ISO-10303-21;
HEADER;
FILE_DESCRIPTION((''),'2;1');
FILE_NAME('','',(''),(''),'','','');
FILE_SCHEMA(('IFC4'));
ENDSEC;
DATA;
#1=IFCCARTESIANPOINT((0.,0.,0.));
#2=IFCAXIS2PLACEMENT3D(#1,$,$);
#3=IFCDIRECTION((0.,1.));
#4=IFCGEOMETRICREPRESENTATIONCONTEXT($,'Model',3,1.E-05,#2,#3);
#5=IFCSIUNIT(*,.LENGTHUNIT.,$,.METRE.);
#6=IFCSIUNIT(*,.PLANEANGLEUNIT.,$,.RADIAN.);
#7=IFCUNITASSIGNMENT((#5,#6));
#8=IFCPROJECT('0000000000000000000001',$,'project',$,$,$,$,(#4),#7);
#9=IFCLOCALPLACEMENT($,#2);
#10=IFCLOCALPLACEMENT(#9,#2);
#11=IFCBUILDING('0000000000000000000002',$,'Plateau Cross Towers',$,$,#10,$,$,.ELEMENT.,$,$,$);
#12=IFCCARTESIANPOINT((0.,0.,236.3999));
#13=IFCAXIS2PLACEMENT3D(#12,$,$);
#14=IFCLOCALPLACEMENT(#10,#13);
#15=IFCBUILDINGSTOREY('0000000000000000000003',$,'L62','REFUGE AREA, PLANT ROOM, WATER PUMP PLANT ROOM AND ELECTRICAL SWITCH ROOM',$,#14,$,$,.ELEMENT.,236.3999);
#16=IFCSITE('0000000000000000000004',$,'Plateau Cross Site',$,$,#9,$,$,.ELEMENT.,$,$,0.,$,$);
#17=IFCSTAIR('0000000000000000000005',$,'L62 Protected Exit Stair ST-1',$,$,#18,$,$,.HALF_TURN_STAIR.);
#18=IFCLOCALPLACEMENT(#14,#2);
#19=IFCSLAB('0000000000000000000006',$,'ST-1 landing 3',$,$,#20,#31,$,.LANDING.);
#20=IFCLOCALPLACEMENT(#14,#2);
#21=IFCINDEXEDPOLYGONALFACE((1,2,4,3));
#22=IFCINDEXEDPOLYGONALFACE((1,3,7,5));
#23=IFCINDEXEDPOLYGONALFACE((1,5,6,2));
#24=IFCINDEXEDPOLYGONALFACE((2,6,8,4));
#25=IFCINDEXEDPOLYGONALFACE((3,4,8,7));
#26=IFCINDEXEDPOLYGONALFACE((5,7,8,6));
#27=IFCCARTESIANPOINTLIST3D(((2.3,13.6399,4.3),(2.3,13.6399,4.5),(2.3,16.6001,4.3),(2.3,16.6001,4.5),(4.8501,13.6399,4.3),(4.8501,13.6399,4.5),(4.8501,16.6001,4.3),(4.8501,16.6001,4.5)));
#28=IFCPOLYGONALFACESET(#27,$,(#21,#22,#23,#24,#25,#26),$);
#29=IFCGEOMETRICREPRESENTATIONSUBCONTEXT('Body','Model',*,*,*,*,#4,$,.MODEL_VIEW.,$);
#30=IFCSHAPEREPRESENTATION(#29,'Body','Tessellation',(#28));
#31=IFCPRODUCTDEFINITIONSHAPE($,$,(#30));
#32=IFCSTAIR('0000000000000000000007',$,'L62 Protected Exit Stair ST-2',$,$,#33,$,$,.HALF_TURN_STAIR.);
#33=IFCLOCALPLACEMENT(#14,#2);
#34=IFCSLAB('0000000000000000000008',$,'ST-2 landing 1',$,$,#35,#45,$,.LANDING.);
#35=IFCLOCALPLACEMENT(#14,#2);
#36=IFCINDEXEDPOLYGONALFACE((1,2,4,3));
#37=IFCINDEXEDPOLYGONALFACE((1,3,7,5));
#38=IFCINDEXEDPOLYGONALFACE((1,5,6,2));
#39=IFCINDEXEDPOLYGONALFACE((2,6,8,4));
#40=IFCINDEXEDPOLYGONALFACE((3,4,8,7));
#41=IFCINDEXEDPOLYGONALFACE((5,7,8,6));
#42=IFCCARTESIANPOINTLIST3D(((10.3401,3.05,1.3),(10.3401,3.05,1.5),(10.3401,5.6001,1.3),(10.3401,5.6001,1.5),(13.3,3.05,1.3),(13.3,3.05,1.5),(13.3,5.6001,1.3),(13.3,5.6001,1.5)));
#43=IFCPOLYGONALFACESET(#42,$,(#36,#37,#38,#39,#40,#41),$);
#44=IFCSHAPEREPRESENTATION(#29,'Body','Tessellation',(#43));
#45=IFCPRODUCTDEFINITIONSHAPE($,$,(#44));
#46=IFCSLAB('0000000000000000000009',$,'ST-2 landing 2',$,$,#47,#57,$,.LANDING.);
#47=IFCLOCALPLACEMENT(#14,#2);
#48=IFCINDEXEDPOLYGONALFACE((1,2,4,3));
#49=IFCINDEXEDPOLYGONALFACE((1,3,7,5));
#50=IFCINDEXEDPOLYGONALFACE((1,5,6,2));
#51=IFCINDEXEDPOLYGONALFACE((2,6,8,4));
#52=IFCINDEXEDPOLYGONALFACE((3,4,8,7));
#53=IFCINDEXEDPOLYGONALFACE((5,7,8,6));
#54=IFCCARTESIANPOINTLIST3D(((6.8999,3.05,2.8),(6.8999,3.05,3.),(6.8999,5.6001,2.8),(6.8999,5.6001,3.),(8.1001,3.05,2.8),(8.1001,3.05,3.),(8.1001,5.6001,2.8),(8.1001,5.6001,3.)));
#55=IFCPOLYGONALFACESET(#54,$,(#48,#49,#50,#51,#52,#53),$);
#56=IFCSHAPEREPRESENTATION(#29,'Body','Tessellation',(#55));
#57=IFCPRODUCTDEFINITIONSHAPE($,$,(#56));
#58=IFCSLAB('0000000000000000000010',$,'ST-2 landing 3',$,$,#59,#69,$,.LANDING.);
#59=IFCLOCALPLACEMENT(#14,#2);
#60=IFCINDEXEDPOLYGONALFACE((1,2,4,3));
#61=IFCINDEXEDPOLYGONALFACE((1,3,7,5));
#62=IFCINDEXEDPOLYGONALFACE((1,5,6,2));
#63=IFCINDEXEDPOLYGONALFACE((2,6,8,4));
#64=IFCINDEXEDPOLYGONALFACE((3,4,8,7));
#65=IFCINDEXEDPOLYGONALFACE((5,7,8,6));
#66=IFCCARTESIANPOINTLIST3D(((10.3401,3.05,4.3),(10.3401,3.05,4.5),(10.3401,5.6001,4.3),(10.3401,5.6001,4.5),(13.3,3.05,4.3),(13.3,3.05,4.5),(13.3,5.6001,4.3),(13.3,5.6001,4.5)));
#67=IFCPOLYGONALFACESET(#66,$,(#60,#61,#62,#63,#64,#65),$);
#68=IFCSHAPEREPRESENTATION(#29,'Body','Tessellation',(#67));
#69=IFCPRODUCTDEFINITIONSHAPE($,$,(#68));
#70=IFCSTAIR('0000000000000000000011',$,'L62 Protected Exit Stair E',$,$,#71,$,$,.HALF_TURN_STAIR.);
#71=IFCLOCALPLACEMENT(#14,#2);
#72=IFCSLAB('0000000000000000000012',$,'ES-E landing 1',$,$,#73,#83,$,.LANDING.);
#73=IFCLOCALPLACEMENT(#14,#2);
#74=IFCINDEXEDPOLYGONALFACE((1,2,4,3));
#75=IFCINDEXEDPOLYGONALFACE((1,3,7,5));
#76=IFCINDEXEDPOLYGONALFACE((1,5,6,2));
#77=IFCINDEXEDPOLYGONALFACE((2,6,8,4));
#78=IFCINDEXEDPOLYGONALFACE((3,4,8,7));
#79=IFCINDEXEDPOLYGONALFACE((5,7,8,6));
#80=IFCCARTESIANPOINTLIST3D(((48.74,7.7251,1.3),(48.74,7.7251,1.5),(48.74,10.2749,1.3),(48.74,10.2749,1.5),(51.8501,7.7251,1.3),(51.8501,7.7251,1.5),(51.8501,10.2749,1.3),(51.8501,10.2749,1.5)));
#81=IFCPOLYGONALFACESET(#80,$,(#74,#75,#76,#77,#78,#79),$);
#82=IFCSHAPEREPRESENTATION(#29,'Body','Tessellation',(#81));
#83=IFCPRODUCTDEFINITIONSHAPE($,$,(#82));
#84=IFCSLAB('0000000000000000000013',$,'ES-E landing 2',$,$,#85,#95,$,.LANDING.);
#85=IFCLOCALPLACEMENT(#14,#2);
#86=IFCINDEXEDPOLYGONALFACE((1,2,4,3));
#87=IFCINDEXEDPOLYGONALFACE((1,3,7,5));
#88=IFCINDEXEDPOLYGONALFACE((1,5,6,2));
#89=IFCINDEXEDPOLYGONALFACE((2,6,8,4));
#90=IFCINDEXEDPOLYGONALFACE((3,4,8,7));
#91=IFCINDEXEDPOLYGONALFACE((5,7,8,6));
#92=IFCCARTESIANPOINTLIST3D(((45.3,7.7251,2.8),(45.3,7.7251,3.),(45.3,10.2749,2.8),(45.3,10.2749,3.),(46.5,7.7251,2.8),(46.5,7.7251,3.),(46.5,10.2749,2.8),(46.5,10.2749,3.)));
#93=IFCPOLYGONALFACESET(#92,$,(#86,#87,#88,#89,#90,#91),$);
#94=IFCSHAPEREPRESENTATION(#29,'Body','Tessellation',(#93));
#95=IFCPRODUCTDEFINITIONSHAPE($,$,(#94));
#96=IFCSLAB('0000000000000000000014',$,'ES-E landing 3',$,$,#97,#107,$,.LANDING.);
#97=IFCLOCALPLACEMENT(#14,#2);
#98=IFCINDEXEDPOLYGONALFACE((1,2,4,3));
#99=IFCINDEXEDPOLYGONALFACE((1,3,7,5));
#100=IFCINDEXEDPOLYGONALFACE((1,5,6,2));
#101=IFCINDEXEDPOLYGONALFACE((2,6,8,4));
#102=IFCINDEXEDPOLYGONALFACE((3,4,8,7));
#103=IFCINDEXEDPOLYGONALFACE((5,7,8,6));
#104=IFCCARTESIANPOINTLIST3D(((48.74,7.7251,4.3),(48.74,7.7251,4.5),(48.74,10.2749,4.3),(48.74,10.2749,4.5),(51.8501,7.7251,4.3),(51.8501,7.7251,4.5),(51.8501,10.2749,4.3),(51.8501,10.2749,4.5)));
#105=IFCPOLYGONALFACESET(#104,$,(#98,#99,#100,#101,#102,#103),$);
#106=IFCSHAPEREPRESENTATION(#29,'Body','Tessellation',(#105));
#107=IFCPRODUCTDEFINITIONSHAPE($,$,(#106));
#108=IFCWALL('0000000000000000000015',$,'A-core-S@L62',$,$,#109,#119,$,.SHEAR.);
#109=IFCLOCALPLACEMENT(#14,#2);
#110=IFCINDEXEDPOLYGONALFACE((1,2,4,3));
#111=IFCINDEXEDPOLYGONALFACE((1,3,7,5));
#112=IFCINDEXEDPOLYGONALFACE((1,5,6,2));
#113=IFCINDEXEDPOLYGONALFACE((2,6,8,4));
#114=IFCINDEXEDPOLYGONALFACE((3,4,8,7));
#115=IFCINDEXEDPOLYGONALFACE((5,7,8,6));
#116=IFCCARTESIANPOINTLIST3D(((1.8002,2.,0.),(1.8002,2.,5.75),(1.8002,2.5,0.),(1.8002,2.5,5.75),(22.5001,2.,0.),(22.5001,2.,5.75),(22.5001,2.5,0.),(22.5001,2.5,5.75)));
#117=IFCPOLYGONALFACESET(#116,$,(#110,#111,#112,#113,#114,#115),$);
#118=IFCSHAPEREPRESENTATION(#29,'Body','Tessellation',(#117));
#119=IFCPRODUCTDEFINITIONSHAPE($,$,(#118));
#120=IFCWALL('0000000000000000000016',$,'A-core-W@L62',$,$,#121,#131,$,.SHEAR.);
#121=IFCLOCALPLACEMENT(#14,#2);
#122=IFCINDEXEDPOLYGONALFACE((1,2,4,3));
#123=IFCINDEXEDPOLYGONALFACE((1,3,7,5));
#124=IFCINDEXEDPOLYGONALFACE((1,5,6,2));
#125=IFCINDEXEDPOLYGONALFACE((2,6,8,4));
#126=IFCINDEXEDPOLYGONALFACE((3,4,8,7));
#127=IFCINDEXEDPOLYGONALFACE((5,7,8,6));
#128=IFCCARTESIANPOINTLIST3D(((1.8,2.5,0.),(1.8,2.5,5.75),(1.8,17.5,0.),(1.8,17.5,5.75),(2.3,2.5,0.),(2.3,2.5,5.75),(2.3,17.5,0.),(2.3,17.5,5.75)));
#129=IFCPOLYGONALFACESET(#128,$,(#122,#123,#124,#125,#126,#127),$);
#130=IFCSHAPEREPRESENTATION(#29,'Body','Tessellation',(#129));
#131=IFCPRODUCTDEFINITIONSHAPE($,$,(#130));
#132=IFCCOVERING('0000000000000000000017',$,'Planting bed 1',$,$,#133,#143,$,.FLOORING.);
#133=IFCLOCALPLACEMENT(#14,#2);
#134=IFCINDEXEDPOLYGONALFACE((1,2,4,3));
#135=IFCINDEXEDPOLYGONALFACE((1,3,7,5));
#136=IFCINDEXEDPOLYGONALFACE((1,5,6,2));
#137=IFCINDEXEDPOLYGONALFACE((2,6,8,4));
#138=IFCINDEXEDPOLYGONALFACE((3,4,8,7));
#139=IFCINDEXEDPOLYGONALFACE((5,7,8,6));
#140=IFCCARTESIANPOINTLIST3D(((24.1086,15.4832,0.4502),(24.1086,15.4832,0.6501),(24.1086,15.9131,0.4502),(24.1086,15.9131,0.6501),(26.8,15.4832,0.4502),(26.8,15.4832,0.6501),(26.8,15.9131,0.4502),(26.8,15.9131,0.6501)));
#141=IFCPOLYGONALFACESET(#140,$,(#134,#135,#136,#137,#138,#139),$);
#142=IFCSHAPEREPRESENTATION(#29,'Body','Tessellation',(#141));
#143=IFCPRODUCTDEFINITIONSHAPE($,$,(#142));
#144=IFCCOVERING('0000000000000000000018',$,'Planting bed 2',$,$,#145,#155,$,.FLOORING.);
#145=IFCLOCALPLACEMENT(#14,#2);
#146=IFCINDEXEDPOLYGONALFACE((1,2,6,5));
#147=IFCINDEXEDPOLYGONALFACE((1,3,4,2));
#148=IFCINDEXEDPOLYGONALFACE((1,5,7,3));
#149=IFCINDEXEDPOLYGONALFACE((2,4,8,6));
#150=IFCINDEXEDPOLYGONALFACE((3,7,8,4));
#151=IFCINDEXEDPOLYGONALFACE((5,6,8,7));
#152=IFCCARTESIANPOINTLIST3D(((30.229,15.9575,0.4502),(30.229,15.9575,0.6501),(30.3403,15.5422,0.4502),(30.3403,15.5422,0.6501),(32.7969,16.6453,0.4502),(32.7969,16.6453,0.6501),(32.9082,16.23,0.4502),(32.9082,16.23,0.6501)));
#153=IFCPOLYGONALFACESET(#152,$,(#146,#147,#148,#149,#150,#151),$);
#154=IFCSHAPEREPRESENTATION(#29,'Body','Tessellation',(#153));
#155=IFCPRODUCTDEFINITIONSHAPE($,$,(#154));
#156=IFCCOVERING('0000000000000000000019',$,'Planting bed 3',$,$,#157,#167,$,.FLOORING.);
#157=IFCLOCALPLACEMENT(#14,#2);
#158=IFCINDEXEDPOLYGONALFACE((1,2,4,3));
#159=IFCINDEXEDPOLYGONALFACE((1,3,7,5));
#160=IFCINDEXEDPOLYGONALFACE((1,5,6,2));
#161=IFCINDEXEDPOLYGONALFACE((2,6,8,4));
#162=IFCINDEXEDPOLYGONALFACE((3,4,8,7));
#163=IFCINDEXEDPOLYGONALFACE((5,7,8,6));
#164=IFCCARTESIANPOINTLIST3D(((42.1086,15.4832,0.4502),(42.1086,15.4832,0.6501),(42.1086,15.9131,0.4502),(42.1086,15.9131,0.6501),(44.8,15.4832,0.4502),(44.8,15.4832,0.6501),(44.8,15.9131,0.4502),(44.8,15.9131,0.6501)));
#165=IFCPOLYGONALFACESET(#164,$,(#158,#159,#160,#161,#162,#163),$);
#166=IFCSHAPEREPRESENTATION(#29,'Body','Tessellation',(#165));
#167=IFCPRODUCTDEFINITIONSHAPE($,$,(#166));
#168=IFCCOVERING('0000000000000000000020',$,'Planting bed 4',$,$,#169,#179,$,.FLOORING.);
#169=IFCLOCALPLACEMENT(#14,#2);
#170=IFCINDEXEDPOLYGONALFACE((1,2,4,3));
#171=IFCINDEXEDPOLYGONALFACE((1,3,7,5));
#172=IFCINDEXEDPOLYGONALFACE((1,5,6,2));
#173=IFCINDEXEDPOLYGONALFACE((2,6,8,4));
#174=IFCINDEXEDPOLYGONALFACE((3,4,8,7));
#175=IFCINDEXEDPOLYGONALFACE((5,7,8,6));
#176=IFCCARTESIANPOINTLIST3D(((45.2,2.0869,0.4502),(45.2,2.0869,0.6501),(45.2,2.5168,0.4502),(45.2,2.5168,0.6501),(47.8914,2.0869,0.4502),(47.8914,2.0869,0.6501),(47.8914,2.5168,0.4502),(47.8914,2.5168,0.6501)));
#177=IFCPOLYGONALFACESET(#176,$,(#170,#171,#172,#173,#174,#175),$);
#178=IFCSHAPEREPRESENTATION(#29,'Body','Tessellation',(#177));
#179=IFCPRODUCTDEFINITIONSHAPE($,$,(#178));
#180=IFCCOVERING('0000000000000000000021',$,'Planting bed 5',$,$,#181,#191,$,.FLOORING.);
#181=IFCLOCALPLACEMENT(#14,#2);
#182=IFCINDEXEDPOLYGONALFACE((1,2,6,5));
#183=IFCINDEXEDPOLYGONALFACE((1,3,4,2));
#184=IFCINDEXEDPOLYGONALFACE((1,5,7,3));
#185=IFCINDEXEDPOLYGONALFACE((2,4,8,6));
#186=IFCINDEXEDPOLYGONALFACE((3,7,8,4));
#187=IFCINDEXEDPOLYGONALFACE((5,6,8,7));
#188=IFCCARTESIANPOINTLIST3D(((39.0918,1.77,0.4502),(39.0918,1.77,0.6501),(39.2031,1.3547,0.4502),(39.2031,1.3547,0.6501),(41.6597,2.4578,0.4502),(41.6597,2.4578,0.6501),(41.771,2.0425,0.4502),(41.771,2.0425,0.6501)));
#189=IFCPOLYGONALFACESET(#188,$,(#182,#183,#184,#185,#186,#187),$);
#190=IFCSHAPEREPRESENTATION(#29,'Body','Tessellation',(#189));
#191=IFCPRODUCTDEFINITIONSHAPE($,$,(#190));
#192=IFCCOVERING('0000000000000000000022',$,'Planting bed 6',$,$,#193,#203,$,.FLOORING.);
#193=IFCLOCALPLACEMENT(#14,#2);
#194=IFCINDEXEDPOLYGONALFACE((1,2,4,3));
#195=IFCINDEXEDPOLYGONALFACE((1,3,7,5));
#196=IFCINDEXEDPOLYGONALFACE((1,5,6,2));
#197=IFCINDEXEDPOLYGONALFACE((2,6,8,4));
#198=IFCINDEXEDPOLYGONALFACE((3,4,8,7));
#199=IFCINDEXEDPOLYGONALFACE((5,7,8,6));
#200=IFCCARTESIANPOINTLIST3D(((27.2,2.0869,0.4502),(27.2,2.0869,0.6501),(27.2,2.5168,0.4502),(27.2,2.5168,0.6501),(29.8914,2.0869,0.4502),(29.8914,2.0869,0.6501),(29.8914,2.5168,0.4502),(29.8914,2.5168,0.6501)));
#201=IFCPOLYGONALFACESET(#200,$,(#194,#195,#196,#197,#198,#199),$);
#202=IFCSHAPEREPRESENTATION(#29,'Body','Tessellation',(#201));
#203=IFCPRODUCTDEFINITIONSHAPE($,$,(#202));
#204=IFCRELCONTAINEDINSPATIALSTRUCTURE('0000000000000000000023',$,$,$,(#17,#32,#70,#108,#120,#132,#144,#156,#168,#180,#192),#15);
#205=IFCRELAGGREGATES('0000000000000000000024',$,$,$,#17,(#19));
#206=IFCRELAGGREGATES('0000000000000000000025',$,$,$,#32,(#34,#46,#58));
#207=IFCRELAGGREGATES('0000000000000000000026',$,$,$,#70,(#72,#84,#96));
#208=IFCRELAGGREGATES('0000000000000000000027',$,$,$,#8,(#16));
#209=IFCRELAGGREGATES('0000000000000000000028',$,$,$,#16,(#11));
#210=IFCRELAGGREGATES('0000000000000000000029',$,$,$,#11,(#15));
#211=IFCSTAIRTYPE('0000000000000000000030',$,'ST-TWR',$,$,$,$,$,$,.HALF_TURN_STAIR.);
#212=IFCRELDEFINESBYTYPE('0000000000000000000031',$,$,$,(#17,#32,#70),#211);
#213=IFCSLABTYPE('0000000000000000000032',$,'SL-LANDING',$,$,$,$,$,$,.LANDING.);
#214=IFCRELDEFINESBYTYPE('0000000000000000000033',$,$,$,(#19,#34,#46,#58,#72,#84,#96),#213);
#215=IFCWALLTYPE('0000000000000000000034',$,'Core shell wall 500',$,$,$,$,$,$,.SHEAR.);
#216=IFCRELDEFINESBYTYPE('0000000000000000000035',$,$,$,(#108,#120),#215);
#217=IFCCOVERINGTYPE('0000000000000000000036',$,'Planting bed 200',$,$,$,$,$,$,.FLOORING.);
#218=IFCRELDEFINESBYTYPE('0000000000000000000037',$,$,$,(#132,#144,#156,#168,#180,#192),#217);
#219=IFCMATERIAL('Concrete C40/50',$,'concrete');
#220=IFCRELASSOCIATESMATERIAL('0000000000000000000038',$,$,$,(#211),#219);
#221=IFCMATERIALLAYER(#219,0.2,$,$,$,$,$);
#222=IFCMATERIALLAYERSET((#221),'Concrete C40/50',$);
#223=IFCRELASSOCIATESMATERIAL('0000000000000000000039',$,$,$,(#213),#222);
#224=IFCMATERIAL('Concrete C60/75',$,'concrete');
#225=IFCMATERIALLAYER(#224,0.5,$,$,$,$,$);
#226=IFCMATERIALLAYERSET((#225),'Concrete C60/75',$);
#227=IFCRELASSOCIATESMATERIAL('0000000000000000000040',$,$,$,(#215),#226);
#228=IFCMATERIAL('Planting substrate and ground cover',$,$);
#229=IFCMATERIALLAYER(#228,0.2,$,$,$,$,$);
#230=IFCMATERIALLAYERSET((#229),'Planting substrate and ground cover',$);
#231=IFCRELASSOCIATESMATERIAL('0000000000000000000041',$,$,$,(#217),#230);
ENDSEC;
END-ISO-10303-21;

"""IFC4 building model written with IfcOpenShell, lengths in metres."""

from ifc_helpers import new_model, si_unit, direction, frame, frame_2d, origin, place, context, subcontext, project, spatial, polyline, rectangle, outline, extrude, material, layer, layer_set, type_object, element, aggregate, save


model = new_model("IFC4")

# Units and contexts
model_context = context("Model", 3, precision=1e-05, world=origin(), true_north=direction((0.0, 1.0)))
body_context = subcontext(model_context, "Body", "Model", "MODEL_VIEW")
ifc_project = project(units=[si_unit("LENGTHUNIT", "METRE"), si_unit("PLANEANGLEUNIT", "RADIAN")], contexts=[model_context])

# Site, building, storey
site_placement = place(None, origin())
site = spatial("IfcSite", under=ifc_project, at=site_placement, Name="Plateau Cross Site", CompositionType="ELEMENT", RefElevation=0.0)
building_placement = place(site_placement, origin())
building = spatial("IfcBuilding", under=site, at=building_placement, Name="Plateau Cross Towers", CompositionType="ELEMENT")
storey_placement = place(building_placement, frame((0.0, 0.0, 236.3999)))
storey = spatial("IfcBuildingStorey", under=building, at=storey_placement, Name="L62", Description="REFUGE AREA, PLANT ROOM, WATER PUMP PLANT ROOM AND ELECTRICAL SWITCH ROOM", CompositionType="ELEMENT", Elevation=236.3999)

# Shared definitions
ifc_material_1 = material(Name="Concrete C60/75", Category="concrete")

# Shared definitions
ifc_material_2 = material(Name="Concrete C40/50", Category="concrete")

# Stairs, slabs
stair_type = type_object("IfcStairType", Name="ST-TWR", PredefinedType="HALF_TURN_STAIR", material=ifc_material_2)
stair_1_placement = place(storey_placement, origin())
stair_1 = element("IfcStair", 1, at=stair_1_placement, inside=storey, type_object=stair_type, Name="L62 Protected Exit Stair ST-1", PredefinedType="HALF_TURN_STAIR")
ifc_layer_1 = layer(ifc_material_2, 0.2)
ifc_layer_set_1 = layer_set([ifc_layer_1], Name="Concrete C40/50")
slab_type_1 = type_object("IfcSlabType", Name="SL-LANDING", PredefinedType="LANDING", material=ifc_layer_set_1)
slab_1_placement = place(storey_placement, frame((0.0, 0.0, 4.3)))
slab_1 = element("IfcSlab", 2, at=slab_1_placement, type_object=slab_type_1, Name="ST-1 landing 3", PredefinedType="LANDING", context=body_context, shape_type="SweptSolid", body=[
    extrude(outline(polyline([(4.8501, 13.6399), (4.8501, 16.6001), (2.3, 16.6001), (2.3, 13.6399), (4.8501, 13.6399)])), origin(), (0.0, 0.0, 1.0), 0.2),
])
aggregate(stair_1, [slab_1])
stair_2_placement = place(storey_placement, origin())
stair_2 = element("IfcStair", 3, at=stair_2_placement, inside=storey, type_object=stair_type, Name="L62 Protected Exit Stair ST-2", PredefinedType="HALF_TURN_STAIR")
slab_2_placement = place(storey_placement, frame((0.0, 0.0, 1.3)))
slab_2 = element("IfcSlab", 4, at=slab_2_placement, type_object=slab_type_1, Name="ST-2 landing 1", PredefinedType="LANDING", context=body_context, shape_type="SweptSolid", body=[
    extrude(outline(polyline([(10.3401, 3.05), (13.3, 3.05), (13.3, 5.6001), (10.3401, 5.6001), (10.3401, 3.05)])), origin(), (0.0, 0.0, 1.0), 0.2),
])
slab_3_placement = place(storey_placement, frame((0.0, 0.0, 2.8)))
slab_3 = element("IfcSlab", 5, at=slab_3_placement, type_object=slab_type_1, Name="ST-2 landing 2", PredefinedType="LANDING", context=body_context, shape_type="SweptSolid", body=[
    extrude(outline(polyline([(6.8999, 3.05), (8.1001, 3.05), (8.1001, 5.6001), (6.8999, 5.6001), (6.8999, 3.05)])), origin(), (0.0, 0.0, 1.0), 0.2),
])
slab_4_placement = place(storey_placement, frame((0.0, 0.0, 4.3)))
slab_4 = element("IfcSlab", 6, at=slab_4_placement, type_object=slab_type_1, Name="ST-2 landing 3", PredefinedType="LANDING", context=body_context, shape_type="SweptSolid", body=[
    extrude(outline(polyline([(10.3401, 3.05), (13.3, 3.05), (13.3, 5.6001), (10.3401, 5.6001), (10.3401, 3.05)])), origin(), (0.0, 0.0, 1.0), 0.2),
])
aggregate(stair_2, [slab_2, slab_3, slab_4])
stair_3_placement = place(storey_placement, origin())
stair_3 = element("IfcStair", 7, at=stair_3_placement, inside=storey, type_object=stair_type, Name="L62 Protected Exit Stair E", PredefinedType="HALF_TURN_STAIR")
slab_5_placement = place(storey_placement, frame((0.0, 0.0, 1.3)))
slab_5 = element("IfcSlab", 8, at=slab_5_placement, type_object=slab_type_1, Name="ES-E landing 1", PredefinedType="LANDING", context=body_context, shape_type="SweptSolid", body=[
    extrude(outline(polyline([(48.74, 7.7251), (51.8501, 7.7251), (51.8501, 10.2749), (48.74, 10.2749), (48.74, 7.7251)])), origin(), (0.0, 0.0, 1.0), 0.2),
])
slab_6_placement = place(storey_placement, frame((0.0, 0.0, 2.8)))
slab_6 = element("IfcSlab", 9, at=slab_6_placement, type_object=slab_type_1, Name="ES-E landing 2", PredefinedType="LANDING", context=body_context, shape_type="SweptSolid", body=[
    extrude(outline(polyline([(45.3, 7.7251), (46.5, 7.7251), (46.5, 10.2749), (45.3, 10.2749), (45.3, 7.7251)])), origin(), (0.0, 0.0, 1.0), 0.2),
])
slab_7_placement = place(storey_placement, frame((0.0, 0.0, 4.3)))
slab_7 = element("IfcSlab", 10, at=slab_7_placement, type_object=slab_type_1, Name="ES-E landing 3", PredefinedType="LANDING", context=body_context, shape_type="SweptSolid", body=[
    extrude(outline(polyline([(48.74, 7.7251), (51.8501, 7.7251), (51.8501, 10.2749), (48.74, 10.2749), (48.74, 7.7251)])), origin(), (0.0, 0.0, 1.0), 0.2),
])
aggregate(stair_3, [slab_5, slab_6, slab_7])

# Walls
ifc_layer_2 = layer(ifc_material_1, 0.5)
ifc_layer_set_2 = layer_set([ifc_layer_2], Name="Concrete C60/75")
wall_type = type_object("IfcWallType", Name="Core shell wall 500", PredefinedType="SHEAR", material=ifc_layer_set_2)
wall_1_placement = place(storey_placement, frame((1.8, 2.25, 0.0), z_axis=(0.0, 0.0, 1.0), x_axis=(1.0, 0.0, 0.0)))
element("IfcWall", 11, at=wall_1_placement, inside=storey, type_object=wall_type, Name="A-core-S@L62", PredefinedType="SHEAR", context=body_context, shape_type="SweptSolid", body=[
    extrude(rectangle(XDim=20.7, YDim=0.5, at=frame_2d((10.3501, 0.0))), origin(), (0.0, 0.0, 1.0), 5.75),
])
wall_2_placement = place(storey_placement, frame((2.05, 2.5, 0.0), z_axis=(0.0, 0.0, 1.0), x_axis=(0.0, 1.0, 0.0)))
element("IfcWall", 12, at=wall_2_placement, inside=storey, type_object=wall_type, Name="A-core-W@L62", PredefinedType="SHEAR", context=body_context, shape_type="SweptSolid", body=[
    extrude(rectangle(XDim=15.0, YDim=0.5, at=frame_2d((7.5, 0.0))), origin(), (0.0, 0.0, 1.0), 5.75),
])

# Coverings
ifc_material_3 = material(Name="Planting substrate and ground cover")
ifc_layer_3 = layer(ifc_material_3, 0.2)
ifc_layer_set_3 = layer_set([ifc_layer_3], Name="Planting substrate and ground cover")
covering_type_1 = type_object("IfcCoveringType", Name="Planting bed 200", PredefinedType="FLOORING", material=ifc_layer_set_3)
covering_1_placement = place(storey_placement, frame((0.0, 0.0, 0.4502)))
element("IfcCovering", 13, at=covering_1_placement, inside=storey, type_object=covering_type_1, Name="Planting bed 1", PredefinedType="FLOORING", context=body_context, shape_type="SweptSolid", body=[
    extrude(outline(polyline([(26.8, 15.9131), (26.8, 15.4832), (24.1086, 15.4832), (24.1086, 15.9131), (26.8, 15.9131)])), origin(), (0.0, 0.0, 1.0), 0.2),
])
covering_2_placement = place(storey_placement, frame((0.0, 0.0, 0.4502)))
element("IfcCovering", 14, at=covering_2_placement, inside=storey, type_object=covering_type_1, Name="Planting bed 2", PredefinedType="FLOORING", context=body_context, shape_type="SweptSolid", body=[
    extrude(outline(polyline([(32.7969, 16.6453), (32.9082, 16.23), (30.3403, 15.5422), (30.229, 15.9575), (32.7969, 16.6453)])), origin(), (0.0, 0.0, 1.0), 0.2),
])
covering_3_placement = place(storey_placement, frame((0.0, 0.0, 0.4502)))
element("IfcCovering", 15, at=covering_3_placement, inside=storey, type_object=covering_type_1, Name="Planting bed 3", PredefinedType="FLOORING", context=body_context, shape_type="SweptSolid", body=[
    extrude(outline(polyline([(44.8, 15.9131), (44.8, 15.4832), (42.1086, 15.4832), (42.1086, 15.9131), (44.8, 15.9131)])), origin(), (0.0, 0.0, 1.0), 0.2),
])
covering_4_placement = place(storey_placement, frame((0.0, 0.0, 0.4502)))
element("IfcCovering", 16, at=covering_4_placement, inside=storey, type_object=covering_type_1, Name="Planting bed 4", PredefinedType="FLOORING", context=body_context, shape_type="SweptSolid", body=[
    extrude(outline(polyline([(45.2, 2.0869), (45.2, 2.5168), (47.8914, 2.5168), (47.8914, 2.0869), (45.2, 2.0869)])), origin(), (0.0, 0.0, 1.0), 0.2),
])
covering_5_placement = place(storey_placement, frame((0.0, 0.0, 0.4502)))
element("IfcCovering", 17, at=covering_5_placement, inside=storey, type_object=covering_type_1, Name="Planting bed 5", PredefinedType="FLOORING", context=body_context, shape_type="SweptSolid", body=[
    extrude(outline(polyline([(39.2031, 1.3547), (39.0918, 1.77), (41.6597, 2.4578), (41.771, 2.0425), (39.2031, 1.3547)])), origin(), (0.0, 0.0, 1.0), 0.2),
])
covering_6_placement = place(storey_placement, frame((0.0, 0.0, 0.4502)))
element("IfcCovering", 18, at=covering_6_placement, inside=storey, type_object=covering_type_1, Name="Planting bed 6", PredefinedType="FLOORING", context=body_context, shape_type="SweptSolid", body=[
    extrude(outline(polyline([(27.2, 2.0869), (27.2, 2.5168), (29.8914, 2.5168), (29.8914, 2.0869), (27.2, 2.0869)])), origin(), (0.0, 0.0, 1.0), 0.2),
])

save(model, "model.ifc")
